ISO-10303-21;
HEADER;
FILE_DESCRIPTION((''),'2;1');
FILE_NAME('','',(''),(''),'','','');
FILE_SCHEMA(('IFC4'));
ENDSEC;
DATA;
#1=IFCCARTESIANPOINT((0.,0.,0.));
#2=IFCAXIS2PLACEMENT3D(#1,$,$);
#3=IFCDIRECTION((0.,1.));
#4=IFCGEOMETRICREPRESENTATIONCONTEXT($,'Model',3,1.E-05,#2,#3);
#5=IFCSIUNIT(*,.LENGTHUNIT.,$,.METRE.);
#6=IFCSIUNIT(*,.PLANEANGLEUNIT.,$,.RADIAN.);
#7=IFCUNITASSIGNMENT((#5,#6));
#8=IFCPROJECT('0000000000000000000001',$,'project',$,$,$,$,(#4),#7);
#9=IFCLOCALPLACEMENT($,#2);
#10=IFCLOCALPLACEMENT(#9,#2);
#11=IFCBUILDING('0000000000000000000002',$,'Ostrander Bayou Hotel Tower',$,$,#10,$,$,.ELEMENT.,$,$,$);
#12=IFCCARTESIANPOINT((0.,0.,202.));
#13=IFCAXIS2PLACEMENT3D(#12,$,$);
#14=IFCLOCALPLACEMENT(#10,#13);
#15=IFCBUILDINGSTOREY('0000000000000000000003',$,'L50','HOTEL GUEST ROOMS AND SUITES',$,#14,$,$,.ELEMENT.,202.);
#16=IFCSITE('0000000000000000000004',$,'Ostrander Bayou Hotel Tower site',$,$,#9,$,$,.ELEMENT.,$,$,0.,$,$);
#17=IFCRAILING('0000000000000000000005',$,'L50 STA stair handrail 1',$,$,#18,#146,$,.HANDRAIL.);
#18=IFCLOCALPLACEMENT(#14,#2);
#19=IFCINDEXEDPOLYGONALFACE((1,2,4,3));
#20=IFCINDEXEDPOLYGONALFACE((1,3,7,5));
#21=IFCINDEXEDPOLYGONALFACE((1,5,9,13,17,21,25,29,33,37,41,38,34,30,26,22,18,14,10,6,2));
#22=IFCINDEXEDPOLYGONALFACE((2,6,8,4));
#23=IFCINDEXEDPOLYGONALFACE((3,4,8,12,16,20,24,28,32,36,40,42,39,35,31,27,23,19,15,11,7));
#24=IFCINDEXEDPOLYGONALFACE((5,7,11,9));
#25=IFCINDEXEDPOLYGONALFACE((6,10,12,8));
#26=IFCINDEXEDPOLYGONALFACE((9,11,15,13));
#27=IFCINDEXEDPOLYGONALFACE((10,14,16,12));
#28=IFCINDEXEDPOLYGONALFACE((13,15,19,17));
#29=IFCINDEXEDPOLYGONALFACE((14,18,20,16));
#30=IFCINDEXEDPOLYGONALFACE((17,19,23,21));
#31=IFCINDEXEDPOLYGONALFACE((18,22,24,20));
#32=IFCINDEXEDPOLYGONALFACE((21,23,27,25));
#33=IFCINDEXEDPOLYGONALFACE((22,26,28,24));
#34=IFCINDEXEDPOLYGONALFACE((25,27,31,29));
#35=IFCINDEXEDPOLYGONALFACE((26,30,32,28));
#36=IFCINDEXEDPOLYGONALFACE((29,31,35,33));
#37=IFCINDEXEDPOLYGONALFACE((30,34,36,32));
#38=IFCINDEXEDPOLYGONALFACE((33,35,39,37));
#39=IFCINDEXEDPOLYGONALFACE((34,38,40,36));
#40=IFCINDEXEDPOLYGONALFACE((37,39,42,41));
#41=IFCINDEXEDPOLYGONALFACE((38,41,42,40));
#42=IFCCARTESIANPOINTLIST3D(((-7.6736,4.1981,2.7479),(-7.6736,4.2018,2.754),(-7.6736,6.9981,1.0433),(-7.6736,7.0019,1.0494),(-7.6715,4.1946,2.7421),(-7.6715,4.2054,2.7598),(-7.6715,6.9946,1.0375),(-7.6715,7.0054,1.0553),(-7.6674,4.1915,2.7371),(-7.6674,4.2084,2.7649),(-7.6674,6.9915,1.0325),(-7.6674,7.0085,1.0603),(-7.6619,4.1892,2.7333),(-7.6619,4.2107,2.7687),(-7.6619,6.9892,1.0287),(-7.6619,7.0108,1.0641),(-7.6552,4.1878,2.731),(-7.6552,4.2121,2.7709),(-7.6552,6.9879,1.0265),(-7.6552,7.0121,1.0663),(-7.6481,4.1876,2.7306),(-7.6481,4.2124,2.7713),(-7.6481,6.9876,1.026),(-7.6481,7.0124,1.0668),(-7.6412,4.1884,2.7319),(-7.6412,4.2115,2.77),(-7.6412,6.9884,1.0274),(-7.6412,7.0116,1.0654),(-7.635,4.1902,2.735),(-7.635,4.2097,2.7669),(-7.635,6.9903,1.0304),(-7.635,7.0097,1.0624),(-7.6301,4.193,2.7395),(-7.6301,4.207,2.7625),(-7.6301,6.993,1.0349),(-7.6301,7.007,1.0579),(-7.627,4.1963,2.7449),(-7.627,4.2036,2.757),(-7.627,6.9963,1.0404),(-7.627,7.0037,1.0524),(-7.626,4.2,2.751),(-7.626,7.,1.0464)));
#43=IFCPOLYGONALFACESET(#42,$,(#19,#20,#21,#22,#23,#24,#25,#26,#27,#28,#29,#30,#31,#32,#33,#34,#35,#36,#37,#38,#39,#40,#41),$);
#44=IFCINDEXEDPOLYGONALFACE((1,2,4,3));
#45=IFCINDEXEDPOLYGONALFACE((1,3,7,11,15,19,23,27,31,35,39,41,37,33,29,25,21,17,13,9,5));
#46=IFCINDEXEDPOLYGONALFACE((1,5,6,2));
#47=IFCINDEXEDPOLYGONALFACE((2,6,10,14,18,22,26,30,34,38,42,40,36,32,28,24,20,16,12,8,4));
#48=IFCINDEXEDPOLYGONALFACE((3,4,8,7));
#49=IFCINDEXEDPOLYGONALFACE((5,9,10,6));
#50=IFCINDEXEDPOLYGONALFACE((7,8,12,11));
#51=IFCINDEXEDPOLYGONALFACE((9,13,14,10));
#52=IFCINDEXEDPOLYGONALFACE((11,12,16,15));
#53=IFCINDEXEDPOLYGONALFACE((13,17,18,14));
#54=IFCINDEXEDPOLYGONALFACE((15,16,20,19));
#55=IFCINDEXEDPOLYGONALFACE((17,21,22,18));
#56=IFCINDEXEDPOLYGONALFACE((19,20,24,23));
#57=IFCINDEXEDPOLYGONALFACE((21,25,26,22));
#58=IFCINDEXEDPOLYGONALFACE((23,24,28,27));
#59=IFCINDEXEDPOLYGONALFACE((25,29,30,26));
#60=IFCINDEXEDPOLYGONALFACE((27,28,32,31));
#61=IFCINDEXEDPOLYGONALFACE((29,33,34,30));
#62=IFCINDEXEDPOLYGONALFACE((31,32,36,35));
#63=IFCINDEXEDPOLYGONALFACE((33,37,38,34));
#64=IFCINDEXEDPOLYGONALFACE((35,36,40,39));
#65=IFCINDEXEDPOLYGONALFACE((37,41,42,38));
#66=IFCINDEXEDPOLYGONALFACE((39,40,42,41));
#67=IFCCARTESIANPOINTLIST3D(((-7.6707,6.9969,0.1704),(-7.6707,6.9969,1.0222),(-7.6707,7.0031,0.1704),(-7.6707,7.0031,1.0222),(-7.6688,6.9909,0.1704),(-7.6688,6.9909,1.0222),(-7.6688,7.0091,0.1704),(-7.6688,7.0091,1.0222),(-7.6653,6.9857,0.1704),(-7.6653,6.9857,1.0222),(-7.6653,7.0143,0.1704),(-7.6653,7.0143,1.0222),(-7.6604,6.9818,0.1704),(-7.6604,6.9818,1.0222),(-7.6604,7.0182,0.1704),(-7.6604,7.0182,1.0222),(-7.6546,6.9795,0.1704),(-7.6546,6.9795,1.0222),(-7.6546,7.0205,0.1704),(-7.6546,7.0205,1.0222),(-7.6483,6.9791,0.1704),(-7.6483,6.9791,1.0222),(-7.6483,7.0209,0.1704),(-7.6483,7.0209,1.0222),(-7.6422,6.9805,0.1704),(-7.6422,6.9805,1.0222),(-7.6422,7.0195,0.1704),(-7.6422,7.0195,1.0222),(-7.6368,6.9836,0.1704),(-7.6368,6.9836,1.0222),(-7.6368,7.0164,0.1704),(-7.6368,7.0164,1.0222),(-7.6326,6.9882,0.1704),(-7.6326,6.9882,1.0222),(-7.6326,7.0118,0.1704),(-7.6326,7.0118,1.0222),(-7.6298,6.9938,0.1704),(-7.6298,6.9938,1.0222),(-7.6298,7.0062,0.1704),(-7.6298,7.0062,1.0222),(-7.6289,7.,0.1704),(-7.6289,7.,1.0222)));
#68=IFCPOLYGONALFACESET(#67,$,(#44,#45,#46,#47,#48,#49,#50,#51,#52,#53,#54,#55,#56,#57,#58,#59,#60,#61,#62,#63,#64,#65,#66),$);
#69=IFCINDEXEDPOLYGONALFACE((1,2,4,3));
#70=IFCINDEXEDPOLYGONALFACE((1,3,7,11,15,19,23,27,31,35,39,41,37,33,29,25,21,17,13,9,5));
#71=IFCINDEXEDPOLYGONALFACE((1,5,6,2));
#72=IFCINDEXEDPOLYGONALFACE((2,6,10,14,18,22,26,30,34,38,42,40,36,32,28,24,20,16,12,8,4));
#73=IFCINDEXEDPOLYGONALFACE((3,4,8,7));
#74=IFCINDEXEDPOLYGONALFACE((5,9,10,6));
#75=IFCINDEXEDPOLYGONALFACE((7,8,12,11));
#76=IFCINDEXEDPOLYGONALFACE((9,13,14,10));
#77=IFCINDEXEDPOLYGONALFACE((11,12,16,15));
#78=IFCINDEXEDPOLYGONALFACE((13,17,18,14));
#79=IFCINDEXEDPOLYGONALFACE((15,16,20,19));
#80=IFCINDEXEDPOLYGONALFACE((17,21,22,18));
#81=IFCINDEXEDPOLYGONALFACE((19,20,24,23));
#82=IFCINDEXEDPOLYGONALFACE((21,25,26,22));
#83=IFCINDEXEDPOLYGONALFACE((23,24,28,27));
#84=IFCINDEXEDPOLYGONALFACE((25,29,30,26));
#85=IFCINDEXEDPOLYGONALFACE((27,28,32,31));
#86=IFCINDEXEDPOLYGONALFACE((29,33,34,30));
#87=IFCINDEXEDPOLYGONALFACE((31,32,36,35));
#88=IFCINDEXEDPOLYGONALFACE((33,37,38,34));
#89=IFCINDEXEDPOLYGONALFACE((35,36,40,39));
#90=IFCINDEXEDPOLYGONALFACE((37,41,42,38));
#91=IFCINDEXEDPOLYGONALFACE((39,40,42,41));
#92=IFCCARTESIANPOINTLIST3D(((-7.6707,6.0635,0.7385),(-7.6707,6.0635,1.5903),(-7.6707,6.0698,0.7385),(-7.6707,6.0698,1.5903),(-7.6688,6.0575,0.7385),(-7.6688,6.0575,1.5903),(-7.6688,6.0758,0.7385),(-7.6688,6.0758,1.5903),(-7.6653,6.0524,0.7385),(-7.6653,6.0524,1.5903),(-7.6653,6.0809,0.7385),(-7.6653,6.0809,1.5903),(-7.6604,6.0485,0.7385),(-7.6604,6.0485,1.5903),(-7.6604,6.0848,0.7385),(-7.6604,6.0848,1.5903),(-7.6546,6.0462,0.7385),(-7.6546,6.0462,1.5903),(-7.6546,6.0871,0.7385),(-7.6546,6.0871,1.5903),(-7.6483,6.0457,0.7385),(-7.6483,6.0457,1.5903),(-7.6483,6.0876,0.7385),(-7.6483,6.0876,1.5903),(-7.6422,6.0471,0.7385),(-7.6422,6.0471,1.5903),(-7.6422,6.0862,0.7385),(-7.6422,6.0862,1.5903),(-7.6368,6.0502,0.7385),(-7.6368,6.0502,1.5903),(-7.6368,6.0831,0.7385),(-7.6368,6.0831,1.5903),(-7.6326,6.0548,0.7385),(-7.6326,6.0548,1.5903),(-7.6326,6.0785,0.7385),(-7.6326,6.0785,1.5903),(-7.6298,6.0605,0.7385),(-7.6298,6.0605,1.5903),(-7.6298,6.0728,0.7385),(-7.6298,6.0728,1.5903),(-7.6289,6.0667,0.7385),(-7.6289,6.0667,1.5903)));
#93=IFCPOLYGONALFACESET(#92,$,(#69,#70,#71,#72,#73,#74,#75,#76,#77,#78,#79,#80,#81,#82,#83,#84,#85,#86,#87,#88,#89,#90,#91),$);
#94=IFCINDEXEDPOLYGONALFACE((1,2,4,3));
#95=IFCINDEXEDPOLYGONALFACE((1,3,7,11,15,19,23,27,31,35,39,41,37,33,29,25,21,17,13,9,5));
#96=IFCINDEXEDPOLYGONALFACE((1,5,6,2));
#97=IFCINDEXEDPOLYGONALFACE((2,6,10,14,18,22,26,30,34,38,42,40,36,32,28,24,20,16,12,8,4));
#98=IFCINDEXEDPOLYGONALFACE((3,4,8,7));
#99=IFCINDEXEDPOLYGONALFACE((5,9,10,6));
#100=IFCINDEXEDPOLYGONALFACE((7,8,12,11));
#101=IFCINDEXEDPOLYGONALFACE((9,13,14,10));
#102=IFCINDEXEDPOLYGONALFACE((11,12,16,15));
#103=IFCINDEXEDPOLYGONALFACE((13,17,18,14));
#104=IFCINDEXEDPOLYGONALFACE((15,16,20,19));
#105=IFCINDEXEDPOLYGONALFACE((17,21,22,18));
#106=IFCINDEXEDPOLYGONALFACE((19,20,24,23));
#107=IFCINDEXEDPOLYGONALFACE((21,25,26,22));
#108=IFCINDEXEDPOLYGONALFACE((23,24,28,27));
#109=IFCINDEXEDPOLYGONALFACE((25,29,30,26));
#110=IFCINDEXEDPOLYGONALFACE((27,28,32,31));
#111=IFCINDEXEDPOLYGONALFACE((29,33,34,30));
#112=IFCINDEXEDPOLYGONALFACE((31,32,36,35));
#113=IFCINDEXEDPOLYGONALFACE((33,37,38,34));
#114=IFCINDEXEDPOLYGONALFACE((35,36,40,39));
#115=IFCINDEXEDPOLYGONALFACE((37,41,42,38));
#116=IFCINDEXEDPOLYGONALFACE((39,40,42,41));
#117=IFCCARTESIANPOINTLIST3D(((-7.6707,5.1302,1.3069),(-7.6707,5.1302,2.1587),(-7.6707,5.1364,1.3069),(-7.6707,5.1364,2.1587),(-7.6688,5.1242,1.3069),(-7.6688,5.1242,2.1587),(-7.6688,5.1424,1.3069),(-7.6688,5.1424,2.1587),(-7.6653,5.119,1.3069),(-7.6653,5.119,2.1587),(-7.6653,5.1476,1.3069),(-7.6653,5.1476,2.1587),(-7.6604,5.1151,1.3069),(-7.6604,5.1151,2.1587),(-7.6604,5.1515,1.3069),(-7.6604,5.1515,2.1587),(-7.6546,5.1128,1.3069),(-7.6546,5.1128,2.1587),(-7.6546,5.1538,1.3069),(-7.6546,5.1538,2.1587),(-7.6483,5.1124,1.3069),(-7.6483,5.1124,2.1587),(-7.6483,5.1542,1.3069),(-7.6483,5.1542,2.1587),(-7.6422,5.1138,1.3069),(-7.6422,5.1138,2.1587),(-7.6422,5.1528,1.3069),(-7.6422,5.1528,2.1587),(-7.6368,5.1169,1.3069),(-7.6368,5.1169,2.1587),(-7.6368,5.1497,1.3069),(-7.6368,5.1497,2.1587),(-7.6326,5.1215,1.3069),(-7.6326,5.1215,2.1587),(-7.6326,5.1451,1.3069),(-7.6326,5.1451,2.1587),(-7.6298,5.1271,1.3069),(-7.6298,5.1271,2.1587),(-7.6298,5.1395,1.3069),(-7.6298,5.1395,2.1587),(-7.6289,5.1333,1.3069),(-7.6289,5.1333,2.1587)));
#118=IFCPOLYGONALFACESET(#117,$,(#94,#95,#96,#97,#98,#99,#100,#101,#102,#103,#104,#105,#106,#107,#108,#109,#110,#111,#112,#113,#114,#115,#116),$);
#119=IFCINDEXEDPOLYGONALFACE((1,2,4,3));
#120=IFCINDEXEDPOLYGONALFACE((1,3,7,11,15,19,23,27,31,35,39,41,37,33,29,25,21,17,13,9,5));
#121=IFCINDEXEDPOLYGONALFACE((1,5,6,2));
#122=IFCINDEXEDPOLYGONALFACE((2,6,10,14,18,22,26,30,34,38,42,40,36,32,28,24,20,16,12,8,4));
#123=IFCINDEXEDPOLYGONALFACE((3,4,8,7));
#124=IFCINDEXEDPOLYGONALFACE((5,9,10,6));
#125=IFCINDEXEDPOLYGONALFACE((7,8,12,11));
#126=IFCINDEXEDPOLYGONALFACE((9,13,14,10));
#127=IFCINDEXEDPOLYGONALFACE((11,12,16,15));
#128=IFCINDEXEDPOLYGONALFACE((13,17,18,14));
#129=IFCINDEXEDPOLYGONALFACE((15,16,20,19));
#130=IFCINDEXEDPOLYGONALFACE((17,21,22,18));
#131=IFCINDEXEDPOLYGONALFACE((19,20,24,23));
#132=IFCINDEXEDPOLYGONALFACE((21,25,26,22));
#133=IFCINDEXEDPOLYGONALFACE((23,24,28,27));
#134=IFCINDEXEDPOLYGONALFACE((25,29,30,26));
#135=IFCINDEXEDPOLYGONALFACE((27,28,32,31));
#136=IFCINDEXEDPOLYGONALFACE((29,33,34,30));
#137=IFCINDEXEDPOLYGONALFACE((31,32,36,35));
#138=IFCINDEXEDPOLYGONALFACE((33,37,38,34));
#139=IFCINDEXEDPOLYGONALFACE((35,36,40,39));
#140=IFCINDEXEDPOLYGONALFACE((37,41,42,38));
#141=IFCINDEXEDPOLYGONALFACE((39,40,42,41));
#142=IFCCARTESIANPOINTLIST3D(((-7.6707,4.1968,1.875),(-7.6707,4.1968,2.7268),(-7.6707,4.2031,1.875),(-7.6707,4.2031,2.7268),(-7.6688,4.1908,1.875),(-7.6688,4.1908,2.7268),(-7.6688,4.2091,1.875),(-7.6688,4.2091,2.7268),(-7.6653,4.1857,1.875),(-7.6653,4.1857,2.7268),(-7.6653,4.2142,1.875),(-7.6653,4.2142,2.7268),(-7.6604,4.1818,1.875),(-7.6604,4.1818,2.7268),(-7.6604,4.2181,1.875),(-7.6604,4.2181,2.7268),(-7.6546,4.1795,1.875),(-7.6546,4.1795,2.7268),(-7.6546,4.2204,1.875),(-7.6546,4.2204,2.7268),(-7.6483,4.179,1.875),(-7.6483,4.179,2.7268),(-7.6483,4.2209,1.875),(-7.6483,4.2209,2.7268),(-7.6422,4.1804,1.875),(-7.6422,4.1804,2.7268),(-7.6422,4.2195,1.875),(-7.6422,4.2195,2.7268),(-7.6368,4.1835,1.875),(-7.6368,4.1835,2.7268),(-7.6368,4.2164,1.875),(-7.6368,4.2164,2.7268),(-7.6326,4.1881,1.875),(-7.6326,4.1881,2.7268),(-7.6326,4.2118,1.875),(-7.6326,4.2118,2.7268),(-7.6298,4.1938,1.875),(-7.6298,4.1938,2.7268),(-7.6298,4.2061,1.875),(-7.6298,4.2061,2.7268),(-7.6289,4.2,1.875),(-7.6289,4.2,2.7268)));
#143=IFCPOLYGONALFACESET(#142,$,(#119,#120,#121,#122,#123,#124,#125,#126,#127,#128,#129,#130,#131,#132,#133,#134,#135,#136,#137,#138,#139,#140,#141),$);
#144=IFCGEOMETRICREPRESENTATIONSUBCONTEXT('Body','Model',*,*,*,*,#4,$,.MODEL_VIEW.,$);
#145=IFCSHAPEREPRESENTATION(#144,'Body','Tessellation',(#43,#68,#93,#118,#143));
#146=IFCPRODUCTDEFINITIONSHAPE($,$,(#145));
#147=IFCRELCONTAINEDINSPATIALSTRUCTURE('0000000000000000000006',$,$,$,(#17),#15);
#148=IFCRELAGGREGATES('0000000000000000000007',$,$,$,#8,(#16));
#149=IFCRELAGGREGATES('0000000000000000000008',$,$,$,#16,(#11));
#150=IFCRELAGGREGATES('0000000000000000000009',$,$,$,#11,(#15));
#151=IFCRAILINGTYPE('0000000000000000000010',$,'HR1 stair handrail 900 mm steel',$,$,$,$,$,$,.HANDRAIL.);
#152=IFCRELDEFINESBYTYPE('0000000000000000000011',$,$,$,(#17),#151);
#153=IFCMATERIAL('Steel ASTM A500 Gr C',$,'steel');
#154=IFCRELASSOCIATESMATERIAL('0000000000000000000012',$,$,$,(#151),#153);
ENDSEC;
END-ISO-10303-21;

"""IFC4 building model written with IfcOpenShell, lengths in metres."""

from ifc_helpers import new_model, si_unit, direction, frame, origin, origin_2d, place, context, subcontext, project, spatial, circle, extrude, material, type_object, element, save


model = new_model("IFC4")

# Units and contexts
model_context = context("Model", 3, precision=1e-05, world=origin(), true_north=direction((0.0, 1.0)))
body_context = subcontext(model_context, "Body", "Model", "MODEL_VIEW")
ifc_project = project(units=[si_unit("LENGTHUNIT", "METRE"), si_unit("PLANEANGLEUNIT", "RADIAN")], contexts=[model_context])

# Site, building, storey
site_placement = place(None, origin())
site = spatial("IfcSite", under=ifc_project, at=site_placement, Name="Ostrander Bayou Hotel Tower site", CompositionType="ELEMENT", RefElevation=0.0)
building_placement = place(site_placement, origin())
building = spatial("IfcBuilding", under=site, at=building_placement, Name="Ostrander Bayou Hotel Tower", CompositionType="ELEMENT")
storey_placement = place(building_placement, frame((0.0, 0.0, 202.0)))
storey = spatial("IfcBuildingStorey", under=building, at=storey_placement, Name="L50", Description="HOTEL GUEST ROOMS AND SUITES", CompositionType="ELEMENT", Elevation=202.0)

# Railing
ifc_material_1 = material(Name="Steel ASTM A500 Gr C", Category="steel")
railing_type_1 = type_object("IfcRailingType", Name="HR1 stair handrail 900 mm steel", PredefinedType="HANDRAIL", material=ifc_material_1)
railing_1_placement = place(storey_placement, frame((-7.6499, 7.0, 0.1704)))
element("IfcRailing", 1, at=railing_1_placement, inside=storey, type_object=railing_type_1, Name="L50 STA stair handrail 1", PredefinedType="HANDRAIL", context=body_context, shape_type="SweptSolid", body=[
    extrude(circle(Radius=0.0239, at=origin_2d()), frame((0.0, 0.0, 0.876), z_axis=(0.0, -0.85417, 0.519994), x_axis=(1.0, 0.0, 0.0)), (0.0, 0.0, 1.0), 3.2781),
    extrude(circle(Radius=0.021, at=origin_2d()), origin(), (0.0, 0.0, 1.0), 0.8518),
    extrude(circle(Radius=0.021, at=origin_2d()), frame((0.0, -0.9333, 0.5681)), (0.0, 0.0, 1.0), 0.8518),
    extrude(circle(Radius=0.021, at=origin_2d()), frame((0.0, -1.8667, 1.1365)), (0.0, 0.0, 1.0), 0.8518),
    extrude(circle(Radius=0.021, at=origin_2d()), frame((0.0, -2.8, 1.7046)), (0.0, 0.0, 1.0), 0.8518),
])

save(model, "model.ifc")
